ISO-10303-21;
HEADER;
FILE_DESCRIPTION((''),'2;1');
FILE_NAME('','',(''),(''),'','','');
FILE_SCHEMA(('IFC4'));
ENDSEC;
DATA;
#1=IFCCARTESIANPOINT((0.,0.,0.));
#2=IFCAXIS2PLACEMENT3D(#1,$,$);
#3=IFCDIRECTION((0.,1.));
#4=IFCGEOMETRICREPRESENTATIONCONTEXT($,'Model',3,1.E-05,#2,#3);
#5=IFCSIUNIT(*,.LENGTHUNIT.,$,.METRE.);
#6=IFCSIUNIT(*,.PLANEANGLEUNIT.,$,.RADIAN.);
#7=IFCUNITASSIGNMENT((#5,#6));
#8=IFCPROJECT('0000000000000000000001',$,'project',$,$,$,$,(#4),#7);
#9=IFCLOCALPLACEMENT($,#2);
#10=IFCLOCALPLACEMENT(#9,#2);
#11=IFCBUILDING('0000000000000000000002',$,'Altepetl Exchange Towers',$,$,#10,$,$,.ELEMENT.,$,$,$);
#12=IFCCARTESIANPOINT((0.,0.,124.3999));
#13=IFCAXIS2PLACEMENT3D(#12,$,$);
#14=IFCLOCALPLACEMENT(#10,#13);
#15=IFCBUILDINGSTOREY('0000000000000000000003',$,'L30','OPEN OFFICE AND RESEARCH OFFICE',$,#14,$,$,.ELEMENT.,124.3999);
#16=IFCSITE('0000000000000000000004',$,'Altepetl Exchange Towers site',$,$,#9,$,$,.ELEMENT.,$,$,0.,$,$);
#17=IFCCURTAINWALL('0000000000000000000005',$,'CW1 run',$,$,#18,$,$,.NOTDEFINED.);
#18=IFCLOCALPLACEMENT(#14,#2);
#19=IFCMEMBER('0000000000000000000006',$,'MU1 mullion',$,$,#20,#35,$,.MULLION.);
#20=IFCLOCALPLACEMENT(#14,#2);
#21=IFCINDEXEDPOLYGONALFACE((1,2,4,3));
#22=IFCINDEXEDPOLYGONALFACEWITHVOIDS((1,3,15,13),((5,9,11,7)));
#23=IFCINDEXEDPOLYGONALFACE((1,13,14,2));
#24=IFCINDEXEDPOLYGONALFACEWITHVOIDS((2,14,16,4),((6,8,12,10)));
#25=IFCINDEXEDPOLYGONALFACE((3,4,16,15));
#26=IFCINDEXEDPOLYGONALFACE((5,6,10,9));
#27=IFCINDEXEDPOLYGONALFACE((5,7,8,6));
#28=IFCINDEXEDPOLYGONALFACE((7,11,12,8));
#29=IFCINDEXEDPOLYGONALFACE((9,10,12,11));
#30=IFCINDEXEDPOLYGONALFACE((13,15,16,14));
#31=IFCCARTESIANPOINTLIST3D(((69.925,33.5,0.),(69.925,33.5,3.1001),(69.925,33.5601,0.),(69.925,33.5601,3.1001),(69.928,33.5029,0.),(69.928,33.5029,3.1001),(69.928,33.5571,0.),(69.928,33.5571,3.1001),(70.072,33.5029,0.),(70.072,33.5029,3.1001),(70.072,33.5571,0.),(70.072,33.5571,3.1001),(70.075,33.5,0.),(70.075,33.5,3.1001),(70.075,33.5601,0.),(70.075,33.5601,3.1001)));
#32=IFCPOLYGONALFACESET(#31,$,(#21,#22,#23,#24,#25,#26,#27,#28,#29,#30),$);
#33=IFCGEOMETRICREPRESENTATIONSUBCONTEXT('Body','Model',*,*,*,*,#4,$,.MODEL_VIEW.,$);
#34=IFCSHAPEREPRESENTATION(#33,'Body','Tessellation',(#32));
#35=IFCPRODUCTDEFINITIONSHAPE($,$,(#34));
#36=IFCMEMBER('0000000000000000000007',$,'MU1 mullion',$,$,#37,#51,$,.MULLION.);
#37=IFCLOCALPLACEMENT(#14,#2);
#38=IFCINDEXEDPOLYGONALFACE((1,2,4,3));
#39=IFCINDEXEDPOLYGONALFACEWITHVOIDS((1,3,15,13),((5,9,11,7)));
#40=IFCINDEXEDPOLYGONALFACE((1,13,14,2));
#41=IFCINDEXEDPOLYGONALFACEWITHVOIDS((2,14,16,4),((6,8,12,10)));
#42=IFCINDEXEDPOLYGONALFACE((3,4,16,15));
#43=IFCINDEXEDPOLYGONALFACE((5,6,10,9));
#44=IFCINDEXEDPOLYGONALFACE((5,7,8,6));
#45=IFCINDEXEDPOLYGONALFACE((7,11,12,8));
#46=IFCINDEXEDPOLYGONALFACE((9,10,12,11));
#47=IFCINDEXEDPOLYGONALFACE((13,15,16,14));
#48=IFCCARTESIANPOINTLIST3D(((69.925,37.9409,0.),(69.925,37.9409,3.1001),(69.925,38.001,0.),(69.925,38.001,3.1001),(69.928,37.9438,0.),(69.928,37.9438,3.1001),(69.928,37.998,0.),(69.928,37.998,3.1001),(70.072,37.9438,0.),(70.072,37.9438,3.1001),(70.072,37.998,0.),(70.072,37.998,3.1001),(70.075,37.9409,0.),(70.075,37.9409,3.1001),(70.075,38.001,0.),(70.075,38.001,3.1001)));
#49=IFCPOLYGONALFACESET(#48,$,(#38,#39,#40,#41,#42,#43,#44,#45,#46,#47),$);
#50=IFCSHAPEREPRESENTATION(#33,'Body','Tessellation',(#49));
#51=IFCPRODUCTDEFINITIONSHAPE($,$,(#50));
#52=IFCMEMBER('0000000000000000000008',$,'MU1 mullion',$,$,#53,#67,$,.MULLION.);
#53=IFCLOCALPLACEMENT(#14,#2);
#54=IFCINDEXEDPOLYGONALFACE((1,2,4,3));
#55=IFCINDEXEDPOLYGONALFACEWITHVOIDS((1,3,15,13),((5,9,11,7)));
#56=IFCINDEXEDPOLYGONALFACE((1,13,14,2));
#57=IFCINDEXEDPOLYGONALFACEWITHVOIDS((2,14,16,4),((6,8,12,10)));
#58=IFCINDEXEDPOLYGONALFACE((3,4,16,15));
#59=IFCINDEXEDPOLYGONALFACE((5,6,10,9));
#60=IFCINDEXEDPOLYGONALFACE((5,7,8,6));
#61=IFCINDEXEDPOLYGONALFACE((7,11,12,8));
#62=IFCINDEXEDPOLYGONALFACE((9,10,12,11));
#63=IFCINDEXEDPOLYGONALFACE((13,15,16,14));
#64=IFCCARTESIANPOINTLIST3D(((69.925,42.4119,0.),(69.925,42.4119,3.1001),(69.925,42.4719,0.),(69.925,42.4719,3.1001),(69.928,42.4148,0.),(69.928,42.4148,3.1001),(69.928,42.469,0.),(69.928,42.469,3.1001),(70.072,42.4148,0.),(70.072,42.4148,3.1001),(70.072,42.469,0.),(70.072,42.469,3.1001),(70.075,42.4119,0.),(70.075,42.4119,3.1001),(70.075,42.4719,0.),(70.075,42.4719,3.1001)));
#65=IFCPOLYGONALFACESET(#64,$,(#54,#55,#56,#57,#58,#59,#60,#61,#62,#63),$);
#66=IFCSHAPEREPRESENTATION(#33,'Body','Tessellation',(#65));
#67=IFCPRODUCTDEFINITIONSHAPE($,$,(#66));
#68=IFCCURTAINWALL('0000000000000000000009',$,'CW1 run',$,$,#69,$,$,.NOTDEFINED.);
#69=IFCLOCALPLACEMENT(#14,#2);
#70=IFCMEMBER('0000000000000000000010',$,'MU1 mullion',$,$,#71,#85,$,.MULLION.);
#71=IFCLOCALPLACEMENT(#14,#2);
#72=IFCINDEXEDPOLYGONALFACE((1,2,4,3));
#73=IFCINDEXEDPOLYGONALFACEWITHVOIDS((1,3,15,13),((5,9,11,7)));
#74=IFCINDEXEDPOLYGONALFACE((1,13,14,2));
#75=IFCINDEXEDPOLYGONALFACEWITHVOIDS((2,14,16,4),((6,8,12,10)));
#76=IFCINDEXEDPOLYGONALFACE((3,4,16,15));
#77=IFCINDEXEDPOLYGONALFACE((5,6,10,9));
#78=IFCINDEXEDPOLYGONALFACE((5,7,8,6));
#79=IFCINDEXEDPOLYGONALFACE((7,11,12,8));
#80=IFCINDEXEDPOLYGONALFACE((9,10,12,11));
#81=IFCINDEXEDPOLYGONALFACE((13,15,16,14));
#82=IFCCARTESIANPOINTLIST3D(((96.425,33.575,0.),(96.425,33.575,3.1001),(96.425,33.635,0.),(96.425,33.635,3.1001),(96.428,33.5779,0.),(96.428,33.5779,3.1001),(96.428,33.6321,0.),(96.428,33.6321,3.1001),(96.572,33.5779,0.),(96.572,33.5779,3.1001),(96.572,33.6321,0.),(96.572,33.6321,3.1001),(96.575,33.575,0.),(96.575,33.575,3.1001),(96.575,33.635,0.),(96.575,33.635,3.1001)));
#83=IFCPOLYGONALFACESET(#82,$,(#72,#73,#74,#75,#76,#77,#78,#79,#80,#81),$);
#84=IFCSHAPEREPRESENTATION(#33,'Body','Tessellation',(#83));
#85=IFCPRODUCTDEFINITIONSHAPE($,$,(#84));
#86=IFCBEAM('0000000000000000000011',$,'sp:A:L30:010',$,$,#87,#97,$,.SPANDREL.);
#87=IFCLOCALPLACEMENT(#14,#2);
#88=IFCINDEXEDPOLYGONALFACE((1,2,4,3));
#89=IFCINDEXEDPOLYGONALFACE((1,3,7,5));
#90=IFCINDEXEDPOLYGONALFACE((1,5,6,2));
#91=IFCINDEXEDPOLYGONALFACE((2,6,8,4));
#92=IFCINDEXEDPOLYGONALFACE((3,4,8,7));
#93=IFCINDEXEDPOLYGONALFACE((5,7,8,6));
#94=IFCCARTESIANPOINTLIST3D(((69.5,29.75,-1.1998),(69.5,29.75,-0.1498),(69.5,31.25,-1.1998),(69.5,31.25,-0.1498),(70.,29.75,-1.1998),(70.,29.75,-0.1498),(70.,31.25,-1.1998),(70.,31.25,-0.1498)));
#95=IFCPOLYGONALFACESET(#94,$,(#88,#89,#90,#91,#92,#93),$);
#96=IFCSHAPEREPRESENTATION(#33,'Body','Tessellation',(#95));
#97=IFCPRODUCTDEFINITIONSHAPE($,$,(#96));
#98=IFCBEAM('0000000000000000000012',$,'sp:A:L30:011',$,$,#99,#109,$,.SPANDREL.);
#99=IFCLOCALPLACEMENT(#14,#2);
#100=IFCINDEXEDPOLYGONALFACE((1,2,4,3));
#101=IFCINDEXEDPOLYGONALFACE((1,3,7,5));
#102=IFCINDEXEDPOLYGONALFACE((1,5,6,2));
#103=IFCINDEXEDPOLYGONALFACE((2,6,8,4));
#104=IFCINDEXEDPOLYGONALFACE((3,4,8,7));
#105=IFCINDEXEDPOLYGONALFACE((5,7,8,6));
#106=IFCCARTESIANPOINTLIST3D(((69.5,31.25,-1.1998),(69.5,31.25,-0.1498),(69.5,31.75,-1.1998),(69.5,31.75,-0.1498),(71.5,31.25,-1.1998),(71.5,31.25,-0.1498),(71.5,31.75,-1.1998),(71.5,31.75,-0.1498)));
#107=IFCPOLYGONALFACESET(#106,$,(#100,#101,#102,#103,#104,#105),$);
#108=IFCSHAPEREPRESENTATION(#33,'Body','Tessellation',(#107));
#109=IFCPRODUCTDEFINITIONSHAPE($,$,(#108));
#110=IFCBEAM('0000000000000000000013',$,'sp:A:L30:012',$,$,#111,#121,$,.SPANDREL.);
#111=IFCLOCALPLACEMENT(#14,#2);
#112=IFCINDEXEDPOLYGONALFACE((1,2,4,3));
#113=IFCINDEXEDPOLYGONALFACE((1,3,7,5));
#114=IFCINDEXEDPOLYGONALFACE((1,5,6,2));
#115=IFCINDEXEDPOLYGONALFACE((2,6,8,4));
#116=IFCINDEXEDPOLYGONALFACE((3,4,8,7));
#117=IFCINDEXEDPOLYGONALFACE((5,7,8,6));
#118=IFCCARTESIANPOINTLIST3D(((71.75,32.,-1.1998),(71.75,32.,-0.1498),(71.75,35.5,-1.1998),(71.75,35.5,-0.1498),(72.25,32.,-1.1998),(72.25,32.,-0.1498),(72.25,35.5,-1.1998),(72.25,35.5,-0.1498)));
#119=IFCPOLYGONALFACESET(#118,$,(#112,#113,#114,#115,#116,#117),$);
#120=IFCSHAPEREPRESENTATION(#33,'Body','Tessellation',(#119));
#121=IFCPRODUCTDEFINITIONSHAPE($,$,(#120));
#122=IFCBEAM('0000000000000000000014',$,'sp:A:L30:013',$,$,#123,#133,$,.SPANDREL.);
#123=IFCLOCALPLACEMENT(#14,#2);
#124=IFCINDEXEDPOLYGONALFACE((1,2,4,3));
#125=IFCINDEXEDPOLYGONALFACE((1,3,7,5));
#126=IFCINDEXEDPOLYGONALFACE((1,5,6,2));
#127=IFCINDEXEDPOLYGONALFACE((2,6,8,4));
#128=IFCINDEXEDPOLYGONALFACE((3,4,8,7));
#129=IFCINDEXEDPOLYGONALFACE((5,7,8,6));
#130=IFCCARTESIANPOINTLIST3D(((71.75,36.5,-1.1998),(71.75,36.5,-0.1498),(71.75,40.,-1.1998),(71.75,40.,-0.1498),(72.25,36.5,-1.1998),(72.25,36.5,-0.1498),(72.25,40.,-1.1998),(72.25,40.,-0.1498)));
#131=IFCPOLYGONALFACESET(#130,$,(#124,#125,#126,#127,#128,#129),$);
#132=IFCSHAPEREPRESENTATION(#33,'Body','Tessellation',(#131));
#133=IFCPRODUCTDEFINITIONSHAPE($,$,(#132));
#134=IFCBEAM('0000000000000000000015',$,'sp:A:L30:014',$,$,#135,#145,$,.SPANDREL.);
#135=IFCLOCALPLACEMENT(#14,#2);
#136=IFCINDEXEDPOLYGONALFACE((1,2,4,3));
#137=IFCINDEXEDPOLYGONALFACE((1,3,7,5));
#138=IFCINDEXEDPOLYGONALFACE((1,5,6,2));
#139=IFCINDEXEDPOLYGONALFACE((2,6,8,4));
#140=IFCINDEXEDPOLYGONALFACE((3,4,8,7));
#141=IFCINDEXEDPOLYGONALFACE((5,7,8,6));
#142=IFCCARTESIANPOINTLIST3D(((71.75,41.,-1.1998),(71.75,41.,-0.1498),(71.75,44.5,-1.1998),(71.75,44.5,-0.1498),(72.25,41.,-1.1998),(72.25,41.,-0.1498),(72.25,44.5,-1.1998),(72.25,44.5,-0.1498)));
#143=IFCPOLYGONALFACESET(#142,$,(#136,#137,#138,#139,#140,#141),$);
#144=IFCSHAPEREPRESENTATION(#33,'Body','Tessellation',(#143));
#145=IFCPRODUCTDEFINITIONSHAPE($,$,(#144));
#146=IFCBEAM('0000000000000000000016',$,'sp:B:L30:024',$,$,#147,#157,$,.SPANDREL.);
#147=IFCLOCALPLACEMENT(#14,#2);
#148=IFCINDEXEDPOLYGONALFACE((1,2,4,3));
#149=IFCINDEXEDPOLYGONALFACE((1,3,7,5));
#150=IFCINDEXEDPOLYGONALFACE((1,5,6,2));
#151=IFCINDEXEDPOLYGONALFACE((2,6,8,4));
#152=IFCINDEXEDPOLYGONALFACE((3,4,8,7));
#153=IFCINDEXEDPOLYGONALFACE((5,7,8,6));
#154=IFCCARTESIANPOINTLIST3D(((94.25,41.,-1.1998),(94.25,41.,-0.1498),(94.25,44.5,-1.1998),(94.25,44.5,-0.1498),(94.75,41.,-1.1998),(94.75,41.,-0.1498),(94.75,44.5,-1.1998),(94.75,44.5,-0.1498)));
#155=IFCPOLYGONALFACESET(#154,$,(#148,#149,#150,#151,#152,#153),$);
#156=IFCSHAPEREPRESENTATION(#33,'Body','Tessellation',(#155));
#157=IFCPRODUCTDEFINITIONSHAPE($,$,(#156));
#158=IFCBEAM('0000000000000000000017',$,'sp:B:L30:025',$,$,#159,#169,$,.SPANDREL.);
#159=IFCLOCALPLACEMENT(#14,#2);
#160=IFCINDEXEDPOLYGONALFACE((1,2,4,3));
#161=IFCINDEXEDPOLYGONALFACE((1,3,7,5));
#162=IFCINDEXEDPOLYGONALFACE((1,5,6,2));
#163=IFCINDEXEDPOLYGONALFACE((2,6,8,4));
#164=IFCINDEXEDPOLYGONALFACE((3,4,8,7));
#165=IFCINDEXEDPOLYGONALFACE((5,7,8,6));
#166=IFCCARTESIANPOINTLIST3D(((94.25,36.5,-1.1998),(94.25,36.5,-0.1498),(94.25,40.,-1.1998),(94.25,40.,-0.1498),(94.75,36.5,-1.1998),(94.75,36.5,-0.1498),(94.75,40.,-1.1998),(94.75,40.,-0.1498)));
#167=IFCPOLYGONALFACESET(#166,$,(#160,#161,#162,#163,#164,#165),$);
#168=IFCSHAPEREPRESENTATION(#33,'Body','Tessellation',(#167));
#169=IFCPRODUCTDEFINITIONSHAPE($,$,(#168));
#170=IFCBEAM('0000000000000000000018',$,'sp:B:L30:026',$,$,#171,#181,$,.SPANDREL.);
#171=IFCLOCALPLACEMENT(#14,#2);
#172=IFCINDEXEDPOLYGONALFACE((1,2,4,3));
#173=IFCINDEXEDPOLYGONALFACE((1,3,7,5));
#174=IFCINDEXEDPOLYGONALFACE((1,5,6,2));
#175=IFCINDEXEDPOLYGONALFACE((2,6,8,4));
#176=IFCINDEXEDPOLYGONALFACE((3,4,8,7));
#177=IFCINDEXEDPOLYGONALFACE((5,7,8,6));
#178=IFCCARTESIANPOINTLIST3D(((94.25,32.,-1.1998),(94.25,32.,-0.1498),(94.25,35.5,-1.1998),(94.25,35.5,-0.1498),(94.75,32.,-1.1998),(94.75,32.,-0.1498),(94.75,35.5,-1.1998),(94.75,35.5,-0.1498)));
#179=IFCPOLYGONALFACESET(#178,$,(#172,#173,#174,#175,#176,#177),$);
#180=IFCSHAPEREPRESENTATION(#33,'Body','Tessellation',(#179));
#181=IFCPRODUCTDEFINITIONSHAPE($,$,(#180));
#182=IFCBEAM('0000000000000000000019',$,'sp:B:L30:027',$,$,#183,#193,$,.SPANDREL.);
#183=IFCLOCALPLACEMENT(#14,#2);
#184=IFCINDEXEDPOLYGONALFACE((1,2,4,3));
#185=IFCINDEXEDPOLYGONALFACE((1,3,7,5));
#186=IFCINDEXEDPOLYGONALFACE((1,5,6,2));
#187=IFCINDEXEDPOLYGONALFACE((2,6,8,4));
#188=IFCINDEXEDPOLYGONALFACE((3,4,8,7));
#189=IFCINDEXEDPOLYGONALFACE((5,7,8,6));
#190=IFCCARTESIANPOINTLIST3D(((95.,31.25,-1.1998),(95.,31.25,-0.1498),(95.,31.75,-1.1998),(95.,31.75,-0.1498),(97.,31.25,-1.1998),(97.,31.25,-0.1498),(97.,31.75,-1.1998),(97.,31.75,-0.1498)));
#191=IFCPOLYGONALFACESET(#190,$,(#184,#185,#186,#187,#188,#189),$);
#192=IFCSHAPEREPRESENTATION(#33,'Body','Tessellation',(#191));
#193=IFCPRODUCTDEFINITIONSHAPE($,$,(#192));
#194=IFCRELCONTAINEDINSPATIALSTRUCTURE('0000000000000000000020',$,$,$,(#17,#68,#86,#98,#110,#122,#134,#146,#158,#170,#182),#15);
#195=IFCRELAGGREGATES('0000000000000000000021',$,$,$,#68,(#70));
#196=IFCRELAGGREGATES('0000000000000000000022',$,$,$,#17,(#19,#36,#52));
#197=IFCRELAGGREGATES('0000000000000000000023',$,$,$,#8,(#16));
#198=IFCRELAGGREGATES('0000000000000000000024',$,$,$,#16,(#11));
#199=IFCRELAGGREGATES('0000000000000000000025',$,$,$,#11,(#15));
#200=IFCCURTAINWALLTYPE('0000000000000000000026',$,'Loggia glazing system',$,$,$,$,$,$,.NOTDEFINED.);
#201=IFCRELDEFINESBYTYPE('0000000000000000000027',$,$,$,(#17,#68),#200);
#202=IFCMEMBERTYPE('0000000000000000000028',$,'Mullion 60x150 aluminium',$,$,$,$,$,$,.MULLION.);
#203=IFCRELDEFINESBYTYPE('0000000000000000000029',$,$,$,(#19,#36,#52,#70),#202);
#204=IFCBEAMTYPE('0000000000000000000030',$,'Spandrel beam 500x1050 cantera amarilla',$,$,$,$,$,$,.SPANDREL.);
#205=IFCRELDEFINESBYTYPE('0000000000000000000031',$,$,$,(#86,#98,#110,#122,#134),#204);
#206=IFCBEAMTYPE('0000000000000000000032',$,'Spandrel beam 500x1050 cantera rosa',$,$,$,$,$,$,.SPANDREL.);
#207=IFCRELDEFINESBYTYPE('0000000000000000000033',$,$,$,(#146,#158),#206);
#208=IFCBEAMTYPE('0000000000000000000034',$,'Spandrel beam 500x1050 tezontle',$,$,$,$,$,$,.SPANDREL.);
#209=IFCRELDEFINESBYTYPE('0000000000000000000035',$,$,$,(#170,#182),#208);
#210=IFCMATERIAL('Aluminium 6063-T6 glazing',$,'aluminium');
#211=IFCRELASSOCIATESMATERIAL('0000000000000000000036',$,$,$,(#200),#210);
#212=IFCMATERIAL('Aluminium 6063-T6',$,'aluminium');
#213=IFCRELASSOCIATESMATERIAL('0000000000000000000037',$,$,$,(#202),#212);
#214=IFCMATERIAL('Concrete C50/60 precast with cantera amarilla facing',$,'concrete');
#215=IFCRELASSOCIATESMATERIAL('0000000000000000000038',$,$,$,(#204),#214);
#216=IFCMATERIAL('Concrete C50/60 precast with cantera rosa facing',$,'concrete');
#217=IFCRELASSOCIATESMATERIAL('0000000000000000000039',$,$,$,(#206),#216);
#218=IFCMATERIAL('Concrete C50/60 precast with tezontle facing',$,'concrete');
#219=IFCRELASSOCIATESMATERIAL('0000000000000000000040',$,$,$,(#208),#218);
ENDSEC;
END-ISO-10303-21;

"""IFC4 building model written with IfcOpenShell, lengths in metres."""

from ifc_helpers import new_model, si_unit, direction, frame, origin, origin_2d, place, context, subcontext, project, spatial, rectangle, hollow_rectangle, extrude, material, material_profile, profile_set, type_object, element, aggregate, save


model = new_model("IFC4")

# Units and contexts
model_context = context("Model", 3, precision=1e-05, world=origin(), true_north=direction((0.0, 1.0)))
body_context = subcontext(model_context, "Body", "Model", "MODEL_VIEW")
ifc_project = project(units=[si_unit("LENGTHUNIT", "METRE"), si_unit("PLANEANGLEUNIT", "RADIAN")], contexts=[model_context])

# Site, building, storey
site_placement = place(None, origin())
site = spatial("IfcSite", under=ifc_project, at=site_placement, Name="Altepetl Exchange Towers site", CompositionType="ELEMENT", RefElevation=0.0)
building_placement = place(site_placement, origin())
building = spatial("IfcBuilding", under=site, at=building_placement, Name="Altepetl Exchange Towers", CompositionType="ELEMENT")
storey_placement = place(building_placement, frame((0.0, 0.0, 124.3999)))
storey = spatial("IfcBuildingStorey", under=building, at=storey_placement, Name="L30", Description="OPEN OFFICE AND RESEARCH OFFICE", CompositionType="ELEMENT", Elevation=124.3999)

# Curtain wall, members
ifc_material_1 = material(Name="Aluminium 6063-T6 glazing", Category="aluminium")
curtain_wall_type = type_object("IfcCurtainWallType", Name="Loggia glazing system", PredefinedType="NOTDEFINED", material=ifc_material_1)
ifc_material_2 = material(Name="Aluminium 6063-T6", Category="aluminium")
ifc_material_profile_1 = material_profile(ifc_material_2, hollow_rectangle(XDim=0.0601, YDim=0.1499, WallThickness=0.0029, at=origin_2d()), Name="Mullion 60x150 aluminium")
ifc_profile_set_1 = profile_set([ifc_material_profile_1], Name="Aluminium 6063-T6")
member_type = type_object("IfcMemberType", Name="Mullion 60x150 aluminium", PredefinedType="MULLION", material=ifc_profile_set_1)
curtain_wall_1_placement = place(storey_placement, origin())
curtain_wall_1 = element("IfcCurtainWall", 1, at=curtain_wall_1_placement, inside=storey, type_object=curtain_wall_type, Name="CW1 run", PredefinedType="NOTDEFINED")
member_1_placement = place(storey_placement, frame((70.0, 33.53, 0.0), z_axis=(0.0, 0.0, 1.0), x_axis=(0.0, 1.0, 0.0)))
member_1 = element("IfcMember", 2, at=member_1_placement, type_object=member_type, Name="MU1 mullion", PredefinedType="MULLION", context=body_context, shape_type="SweptSolid", body=[
    extrude(hollow_rectangle(XDim=0.0601, YDim=0.1499, WallThickness=0.0029, at=origin_2d()), origin(), (0.0, 0.0, 1.0), 3.1001),
])
member_2_placement = place(storey_placement, frame((70.0, 37.9709, 0.0), z_axis=(0.0, 0.0, 1.0), x_axis=(0.0, 1.0, 0.0)))
member_2 = element("IfcMember", 3, at=member_2_placement, type_object=member_type, Name="MU1 mullion", PredefinedType="MULLION", context=body_context, shape_type="SweptSolid", body=[
    extrude(hollow_rectangle(XDim=0.0601, YDim=0.1499, WallThickness=0.0029, at=origin_2d()), origin(), (0.0, 0.0, 1.0), 3.1001),
])
member_3_placement = place(storey_placement, frame((70.0, 42.4419, 0.0), z_axis=(0.0, 0.0, 1.0), x_axis=(0.0, 1.0, 0.0)))
member_3 = element("IfcMember", 4, at=member_3_placement, type_object=member_type, Name="MU1 mullion", PredefinedType="MULLION", context=body_context, shape_type="SweptSolid", body=[
    extrude(hollow_rectangle(XDim=0.0601, YDim=0.1499, WallThickness=0.0029, at=origin_2d()), origin(), (0.0, 0.0, 1.0), 3.1001),
])

# Curtain wall, member
curtain_wall_2_placement = place(storey_placement, origin())
curtain_wall_2 = element("IfcCurtainWall", 5, at=curtain_wall_2_placement, inside=storey, type_object=curtain_wall_type, Name="CW1 run", PredefinedType="NOTDEFINED")
member_4_placement = place(storey_placement, frame((96.5, 33.605, 0.0), z_axis=(0.0, 0.0, 1.0), x_axis=(0.0, -1.0, 0.0)))
member_4 = element("IfcMember", 6, at=member_4_placement, type_object=member_type, Name="MU1 mullion", PredefinedType="MULLION", context=body_context, shape_type="SweptSolid", body=[
    extrude(hollow_rectangle(XDim=0.0601, YDim=0.1499, WallThickness=0.0029, at=origin_2d()), origin(), (0.0, 0.0, 1.0), 3.1001),
])
aggregate(curtain_wall_2, [member_4])

# Beams
ifc_material_3 = material(Name="Concrete C50/60 precast with cantera amarilla facing", Category="concrete")
ifc_material_profile_2 = material_profile(ifc_material_3, rectangle(XDim=0.5, YDim=1.05, at=origin_2d()), Name="500 x 1050")
ifc_profile_set_2 = profile_set([ifc_material_profile_2], Name="Concrete C50/60 precast with cantera amarilla facing")
beam_type_1 = type_object("IfcBeamType", Name="Spandrel beam 500x1050 cantera amarilla", PredefinedType="SPANDREL", material=ifc_profile_set_2)
beam_1_placement = place(storey_placement, frame((69.75, 29.75, -0.6748), z_axis=(0.0, 1.0, 0.0), x_axis=(-1.0, 0.0, 0.0)))
element("IfcBeam", 7, at=beam_1_placement, inside=storey, type_object=beam_type_1, Name="sp:A:L30:010", PredefinedType="SPANDREL", context=body_context, shape_type="SweptSolid", body=[
    extrude(rectangle(XDim=0.5, YDim=1.05, at=origin_2d()), origin(), (0.0, 0.0, 1.0), 1.5),
])
beam_2_placement = place(storey_placement, frame((69.5, 31.5, -0.6748), z_axis=(1.0, 0.0, 0.0), x_axis=(0.0, 1.0, 0.0)))
element("IfcBeam", 8, at=beam_2_placement, inside=storey, type_object=beam_type_1, Name="sp:A:L30:011", PredefinedType="SPANDREL", context=body_context, shape_type="SweptSolid", body=[
    extrude(rectangle(XDim=0.5, YDim=1.05, at=origin_2d()), origin(), (0.0, 0.0, 1.0), 2.0),
])
for number, where, z_axis, x_axis, name in (
    (9, (72.0, 32.0, -0.6748), (0.0, 1.0, 0.0), (-1.0, 0.0, 0.0), "sp:A:L30:012"),
    (10, (72.0, 36.5, -0.6748), (0.0, 1.0, 0.0), (-1.0, 0.0, 0.0), "sp:A:L30:013"),
    (11, (72.0, 41.0, -0.6748), (0.0, 1.0, 0.0), (-1.0, 0.0, 0.0), "sp:A:L30:014"),
):
    element("IfcBeam", number, at=place(storey_placement, frame(where, z_axis=z_axis, x_axis=x_axis)), inside=storey, type_object=beam_type_1, Name=name, PredefinedType="SPANDREL", context=body_context, shape_type="SweptSolid", body=[
        extrude(rectangle(XDim=0.5, YDim=1.05, at=origin_2d()), origin(), (0.0, 0.0, 1.0), 3.5),
    ])
ifc_material_4 = material(Name="Concrete C50/60 precast with cantera rosa facing", Category="concrete")
ifc_material_profile_3 = material_profile(ifc_material_4, rectangle(XDim=0.5, YDim=1.05, at=origin_2d()), Name="500 x 1050")
ifc_profile_set_3 = profile_set([ifc_material_profile_3], Name="Concrete C50/60 precast with cantera rosa facing")
beam_type_2 = type_object("IfcBeamType", Name="Spandrel beam 500x1050 cantera rosa", PredefinedType="SPANDREL", material=ifc_profile_set_3)
for number, where, z_axis, x_axis, name in (
    (12, (94.5, 44.5, -0.6748), (0.0, -1.0, 0.0), (1.0, 0.0, 0.0), "sp:B:L30:024"),
    (13, (94.5, 40.0, -0.6748), (0.0, -1.0, 0.0), (1.0, 0.0, 0.0), "sp:B:L30:025"),
):
    element("IfcBeam", number, at=place(storey_placement, frame(where, z_axis=z_axis, x_axis=x_axis)), inside=storey, type_object=beam_type_2, Name=name, PredefinedType="SPANDREL", context=body_context, shape_type="SweptSolid", body=[
        extrude(rectangle(XDim=0.5, YDim=1.05, at=origin_2d()), origin(), (0.0, 0.0, 1.0), 3.5),
    ])
ifc_material_5 = material(Name="Concrete C50/60 precast with tezontle facing", Category="concrete")
ifc_material_profile_4 = material_profile(ifc_material_5, rectangle(XDim=0.5, YDim=1.05, at=origin_2d()), Name="500 x 1050")
ifc_profile_set_4 = profile_set([ifc_material_profile_4], Name="Concrete C50/60 precast with tezontle facing")
beam_type_3 = type_object("IfcBeamType", Name="Spandrel beam 500x1050 tezontle", PredefinedType="SPANDREL", material=ifc_profile_set_4)
beam_3_placement = place(storey_placement, frame((94.5, 35.5, -0.6748), z_axis=(0.0, -1.0, 0.0), x_axis=(1.0, 0.0, 0.0)))
element("IfcBeam", 14, at=beam_3_placement, inside=storey, type_object=beam_type_3, Name="sp:B:L30:026", PredefinedType="SPANDREL", context=body_context, shape_type="SweptSolid", body=[
    extrude(rectangle(XDim=0.5, YDim=1.05, at=origin_2d()), origin(), (0.0, 0.0, 1.0), 3.5),
])
beam_4_placement = place(storey_placement, frame((95.0, 31.5, -0.6748), z_axis=(1.0, 0.0, 0.0), x_axis=(0.0, 1.0, 0.0)))
element("IfcBeam", 15, at=beam_4_placement, inside=storey, type_object=beam_type_3, Name="sp:B:L30:027", PredefinedType="SPANDREL", context=body_context, shape_type="SweptSolid", body=[
    extrude(rectangle(XDim=0.5, YDim=1.05, at=origin_2d()), origin(), (0.0, 0.0, 1.0), 2.0),
])

aggregate(curtain_wall_1, [member_1, member_2, member_3])

save(model, "model.ifc")
